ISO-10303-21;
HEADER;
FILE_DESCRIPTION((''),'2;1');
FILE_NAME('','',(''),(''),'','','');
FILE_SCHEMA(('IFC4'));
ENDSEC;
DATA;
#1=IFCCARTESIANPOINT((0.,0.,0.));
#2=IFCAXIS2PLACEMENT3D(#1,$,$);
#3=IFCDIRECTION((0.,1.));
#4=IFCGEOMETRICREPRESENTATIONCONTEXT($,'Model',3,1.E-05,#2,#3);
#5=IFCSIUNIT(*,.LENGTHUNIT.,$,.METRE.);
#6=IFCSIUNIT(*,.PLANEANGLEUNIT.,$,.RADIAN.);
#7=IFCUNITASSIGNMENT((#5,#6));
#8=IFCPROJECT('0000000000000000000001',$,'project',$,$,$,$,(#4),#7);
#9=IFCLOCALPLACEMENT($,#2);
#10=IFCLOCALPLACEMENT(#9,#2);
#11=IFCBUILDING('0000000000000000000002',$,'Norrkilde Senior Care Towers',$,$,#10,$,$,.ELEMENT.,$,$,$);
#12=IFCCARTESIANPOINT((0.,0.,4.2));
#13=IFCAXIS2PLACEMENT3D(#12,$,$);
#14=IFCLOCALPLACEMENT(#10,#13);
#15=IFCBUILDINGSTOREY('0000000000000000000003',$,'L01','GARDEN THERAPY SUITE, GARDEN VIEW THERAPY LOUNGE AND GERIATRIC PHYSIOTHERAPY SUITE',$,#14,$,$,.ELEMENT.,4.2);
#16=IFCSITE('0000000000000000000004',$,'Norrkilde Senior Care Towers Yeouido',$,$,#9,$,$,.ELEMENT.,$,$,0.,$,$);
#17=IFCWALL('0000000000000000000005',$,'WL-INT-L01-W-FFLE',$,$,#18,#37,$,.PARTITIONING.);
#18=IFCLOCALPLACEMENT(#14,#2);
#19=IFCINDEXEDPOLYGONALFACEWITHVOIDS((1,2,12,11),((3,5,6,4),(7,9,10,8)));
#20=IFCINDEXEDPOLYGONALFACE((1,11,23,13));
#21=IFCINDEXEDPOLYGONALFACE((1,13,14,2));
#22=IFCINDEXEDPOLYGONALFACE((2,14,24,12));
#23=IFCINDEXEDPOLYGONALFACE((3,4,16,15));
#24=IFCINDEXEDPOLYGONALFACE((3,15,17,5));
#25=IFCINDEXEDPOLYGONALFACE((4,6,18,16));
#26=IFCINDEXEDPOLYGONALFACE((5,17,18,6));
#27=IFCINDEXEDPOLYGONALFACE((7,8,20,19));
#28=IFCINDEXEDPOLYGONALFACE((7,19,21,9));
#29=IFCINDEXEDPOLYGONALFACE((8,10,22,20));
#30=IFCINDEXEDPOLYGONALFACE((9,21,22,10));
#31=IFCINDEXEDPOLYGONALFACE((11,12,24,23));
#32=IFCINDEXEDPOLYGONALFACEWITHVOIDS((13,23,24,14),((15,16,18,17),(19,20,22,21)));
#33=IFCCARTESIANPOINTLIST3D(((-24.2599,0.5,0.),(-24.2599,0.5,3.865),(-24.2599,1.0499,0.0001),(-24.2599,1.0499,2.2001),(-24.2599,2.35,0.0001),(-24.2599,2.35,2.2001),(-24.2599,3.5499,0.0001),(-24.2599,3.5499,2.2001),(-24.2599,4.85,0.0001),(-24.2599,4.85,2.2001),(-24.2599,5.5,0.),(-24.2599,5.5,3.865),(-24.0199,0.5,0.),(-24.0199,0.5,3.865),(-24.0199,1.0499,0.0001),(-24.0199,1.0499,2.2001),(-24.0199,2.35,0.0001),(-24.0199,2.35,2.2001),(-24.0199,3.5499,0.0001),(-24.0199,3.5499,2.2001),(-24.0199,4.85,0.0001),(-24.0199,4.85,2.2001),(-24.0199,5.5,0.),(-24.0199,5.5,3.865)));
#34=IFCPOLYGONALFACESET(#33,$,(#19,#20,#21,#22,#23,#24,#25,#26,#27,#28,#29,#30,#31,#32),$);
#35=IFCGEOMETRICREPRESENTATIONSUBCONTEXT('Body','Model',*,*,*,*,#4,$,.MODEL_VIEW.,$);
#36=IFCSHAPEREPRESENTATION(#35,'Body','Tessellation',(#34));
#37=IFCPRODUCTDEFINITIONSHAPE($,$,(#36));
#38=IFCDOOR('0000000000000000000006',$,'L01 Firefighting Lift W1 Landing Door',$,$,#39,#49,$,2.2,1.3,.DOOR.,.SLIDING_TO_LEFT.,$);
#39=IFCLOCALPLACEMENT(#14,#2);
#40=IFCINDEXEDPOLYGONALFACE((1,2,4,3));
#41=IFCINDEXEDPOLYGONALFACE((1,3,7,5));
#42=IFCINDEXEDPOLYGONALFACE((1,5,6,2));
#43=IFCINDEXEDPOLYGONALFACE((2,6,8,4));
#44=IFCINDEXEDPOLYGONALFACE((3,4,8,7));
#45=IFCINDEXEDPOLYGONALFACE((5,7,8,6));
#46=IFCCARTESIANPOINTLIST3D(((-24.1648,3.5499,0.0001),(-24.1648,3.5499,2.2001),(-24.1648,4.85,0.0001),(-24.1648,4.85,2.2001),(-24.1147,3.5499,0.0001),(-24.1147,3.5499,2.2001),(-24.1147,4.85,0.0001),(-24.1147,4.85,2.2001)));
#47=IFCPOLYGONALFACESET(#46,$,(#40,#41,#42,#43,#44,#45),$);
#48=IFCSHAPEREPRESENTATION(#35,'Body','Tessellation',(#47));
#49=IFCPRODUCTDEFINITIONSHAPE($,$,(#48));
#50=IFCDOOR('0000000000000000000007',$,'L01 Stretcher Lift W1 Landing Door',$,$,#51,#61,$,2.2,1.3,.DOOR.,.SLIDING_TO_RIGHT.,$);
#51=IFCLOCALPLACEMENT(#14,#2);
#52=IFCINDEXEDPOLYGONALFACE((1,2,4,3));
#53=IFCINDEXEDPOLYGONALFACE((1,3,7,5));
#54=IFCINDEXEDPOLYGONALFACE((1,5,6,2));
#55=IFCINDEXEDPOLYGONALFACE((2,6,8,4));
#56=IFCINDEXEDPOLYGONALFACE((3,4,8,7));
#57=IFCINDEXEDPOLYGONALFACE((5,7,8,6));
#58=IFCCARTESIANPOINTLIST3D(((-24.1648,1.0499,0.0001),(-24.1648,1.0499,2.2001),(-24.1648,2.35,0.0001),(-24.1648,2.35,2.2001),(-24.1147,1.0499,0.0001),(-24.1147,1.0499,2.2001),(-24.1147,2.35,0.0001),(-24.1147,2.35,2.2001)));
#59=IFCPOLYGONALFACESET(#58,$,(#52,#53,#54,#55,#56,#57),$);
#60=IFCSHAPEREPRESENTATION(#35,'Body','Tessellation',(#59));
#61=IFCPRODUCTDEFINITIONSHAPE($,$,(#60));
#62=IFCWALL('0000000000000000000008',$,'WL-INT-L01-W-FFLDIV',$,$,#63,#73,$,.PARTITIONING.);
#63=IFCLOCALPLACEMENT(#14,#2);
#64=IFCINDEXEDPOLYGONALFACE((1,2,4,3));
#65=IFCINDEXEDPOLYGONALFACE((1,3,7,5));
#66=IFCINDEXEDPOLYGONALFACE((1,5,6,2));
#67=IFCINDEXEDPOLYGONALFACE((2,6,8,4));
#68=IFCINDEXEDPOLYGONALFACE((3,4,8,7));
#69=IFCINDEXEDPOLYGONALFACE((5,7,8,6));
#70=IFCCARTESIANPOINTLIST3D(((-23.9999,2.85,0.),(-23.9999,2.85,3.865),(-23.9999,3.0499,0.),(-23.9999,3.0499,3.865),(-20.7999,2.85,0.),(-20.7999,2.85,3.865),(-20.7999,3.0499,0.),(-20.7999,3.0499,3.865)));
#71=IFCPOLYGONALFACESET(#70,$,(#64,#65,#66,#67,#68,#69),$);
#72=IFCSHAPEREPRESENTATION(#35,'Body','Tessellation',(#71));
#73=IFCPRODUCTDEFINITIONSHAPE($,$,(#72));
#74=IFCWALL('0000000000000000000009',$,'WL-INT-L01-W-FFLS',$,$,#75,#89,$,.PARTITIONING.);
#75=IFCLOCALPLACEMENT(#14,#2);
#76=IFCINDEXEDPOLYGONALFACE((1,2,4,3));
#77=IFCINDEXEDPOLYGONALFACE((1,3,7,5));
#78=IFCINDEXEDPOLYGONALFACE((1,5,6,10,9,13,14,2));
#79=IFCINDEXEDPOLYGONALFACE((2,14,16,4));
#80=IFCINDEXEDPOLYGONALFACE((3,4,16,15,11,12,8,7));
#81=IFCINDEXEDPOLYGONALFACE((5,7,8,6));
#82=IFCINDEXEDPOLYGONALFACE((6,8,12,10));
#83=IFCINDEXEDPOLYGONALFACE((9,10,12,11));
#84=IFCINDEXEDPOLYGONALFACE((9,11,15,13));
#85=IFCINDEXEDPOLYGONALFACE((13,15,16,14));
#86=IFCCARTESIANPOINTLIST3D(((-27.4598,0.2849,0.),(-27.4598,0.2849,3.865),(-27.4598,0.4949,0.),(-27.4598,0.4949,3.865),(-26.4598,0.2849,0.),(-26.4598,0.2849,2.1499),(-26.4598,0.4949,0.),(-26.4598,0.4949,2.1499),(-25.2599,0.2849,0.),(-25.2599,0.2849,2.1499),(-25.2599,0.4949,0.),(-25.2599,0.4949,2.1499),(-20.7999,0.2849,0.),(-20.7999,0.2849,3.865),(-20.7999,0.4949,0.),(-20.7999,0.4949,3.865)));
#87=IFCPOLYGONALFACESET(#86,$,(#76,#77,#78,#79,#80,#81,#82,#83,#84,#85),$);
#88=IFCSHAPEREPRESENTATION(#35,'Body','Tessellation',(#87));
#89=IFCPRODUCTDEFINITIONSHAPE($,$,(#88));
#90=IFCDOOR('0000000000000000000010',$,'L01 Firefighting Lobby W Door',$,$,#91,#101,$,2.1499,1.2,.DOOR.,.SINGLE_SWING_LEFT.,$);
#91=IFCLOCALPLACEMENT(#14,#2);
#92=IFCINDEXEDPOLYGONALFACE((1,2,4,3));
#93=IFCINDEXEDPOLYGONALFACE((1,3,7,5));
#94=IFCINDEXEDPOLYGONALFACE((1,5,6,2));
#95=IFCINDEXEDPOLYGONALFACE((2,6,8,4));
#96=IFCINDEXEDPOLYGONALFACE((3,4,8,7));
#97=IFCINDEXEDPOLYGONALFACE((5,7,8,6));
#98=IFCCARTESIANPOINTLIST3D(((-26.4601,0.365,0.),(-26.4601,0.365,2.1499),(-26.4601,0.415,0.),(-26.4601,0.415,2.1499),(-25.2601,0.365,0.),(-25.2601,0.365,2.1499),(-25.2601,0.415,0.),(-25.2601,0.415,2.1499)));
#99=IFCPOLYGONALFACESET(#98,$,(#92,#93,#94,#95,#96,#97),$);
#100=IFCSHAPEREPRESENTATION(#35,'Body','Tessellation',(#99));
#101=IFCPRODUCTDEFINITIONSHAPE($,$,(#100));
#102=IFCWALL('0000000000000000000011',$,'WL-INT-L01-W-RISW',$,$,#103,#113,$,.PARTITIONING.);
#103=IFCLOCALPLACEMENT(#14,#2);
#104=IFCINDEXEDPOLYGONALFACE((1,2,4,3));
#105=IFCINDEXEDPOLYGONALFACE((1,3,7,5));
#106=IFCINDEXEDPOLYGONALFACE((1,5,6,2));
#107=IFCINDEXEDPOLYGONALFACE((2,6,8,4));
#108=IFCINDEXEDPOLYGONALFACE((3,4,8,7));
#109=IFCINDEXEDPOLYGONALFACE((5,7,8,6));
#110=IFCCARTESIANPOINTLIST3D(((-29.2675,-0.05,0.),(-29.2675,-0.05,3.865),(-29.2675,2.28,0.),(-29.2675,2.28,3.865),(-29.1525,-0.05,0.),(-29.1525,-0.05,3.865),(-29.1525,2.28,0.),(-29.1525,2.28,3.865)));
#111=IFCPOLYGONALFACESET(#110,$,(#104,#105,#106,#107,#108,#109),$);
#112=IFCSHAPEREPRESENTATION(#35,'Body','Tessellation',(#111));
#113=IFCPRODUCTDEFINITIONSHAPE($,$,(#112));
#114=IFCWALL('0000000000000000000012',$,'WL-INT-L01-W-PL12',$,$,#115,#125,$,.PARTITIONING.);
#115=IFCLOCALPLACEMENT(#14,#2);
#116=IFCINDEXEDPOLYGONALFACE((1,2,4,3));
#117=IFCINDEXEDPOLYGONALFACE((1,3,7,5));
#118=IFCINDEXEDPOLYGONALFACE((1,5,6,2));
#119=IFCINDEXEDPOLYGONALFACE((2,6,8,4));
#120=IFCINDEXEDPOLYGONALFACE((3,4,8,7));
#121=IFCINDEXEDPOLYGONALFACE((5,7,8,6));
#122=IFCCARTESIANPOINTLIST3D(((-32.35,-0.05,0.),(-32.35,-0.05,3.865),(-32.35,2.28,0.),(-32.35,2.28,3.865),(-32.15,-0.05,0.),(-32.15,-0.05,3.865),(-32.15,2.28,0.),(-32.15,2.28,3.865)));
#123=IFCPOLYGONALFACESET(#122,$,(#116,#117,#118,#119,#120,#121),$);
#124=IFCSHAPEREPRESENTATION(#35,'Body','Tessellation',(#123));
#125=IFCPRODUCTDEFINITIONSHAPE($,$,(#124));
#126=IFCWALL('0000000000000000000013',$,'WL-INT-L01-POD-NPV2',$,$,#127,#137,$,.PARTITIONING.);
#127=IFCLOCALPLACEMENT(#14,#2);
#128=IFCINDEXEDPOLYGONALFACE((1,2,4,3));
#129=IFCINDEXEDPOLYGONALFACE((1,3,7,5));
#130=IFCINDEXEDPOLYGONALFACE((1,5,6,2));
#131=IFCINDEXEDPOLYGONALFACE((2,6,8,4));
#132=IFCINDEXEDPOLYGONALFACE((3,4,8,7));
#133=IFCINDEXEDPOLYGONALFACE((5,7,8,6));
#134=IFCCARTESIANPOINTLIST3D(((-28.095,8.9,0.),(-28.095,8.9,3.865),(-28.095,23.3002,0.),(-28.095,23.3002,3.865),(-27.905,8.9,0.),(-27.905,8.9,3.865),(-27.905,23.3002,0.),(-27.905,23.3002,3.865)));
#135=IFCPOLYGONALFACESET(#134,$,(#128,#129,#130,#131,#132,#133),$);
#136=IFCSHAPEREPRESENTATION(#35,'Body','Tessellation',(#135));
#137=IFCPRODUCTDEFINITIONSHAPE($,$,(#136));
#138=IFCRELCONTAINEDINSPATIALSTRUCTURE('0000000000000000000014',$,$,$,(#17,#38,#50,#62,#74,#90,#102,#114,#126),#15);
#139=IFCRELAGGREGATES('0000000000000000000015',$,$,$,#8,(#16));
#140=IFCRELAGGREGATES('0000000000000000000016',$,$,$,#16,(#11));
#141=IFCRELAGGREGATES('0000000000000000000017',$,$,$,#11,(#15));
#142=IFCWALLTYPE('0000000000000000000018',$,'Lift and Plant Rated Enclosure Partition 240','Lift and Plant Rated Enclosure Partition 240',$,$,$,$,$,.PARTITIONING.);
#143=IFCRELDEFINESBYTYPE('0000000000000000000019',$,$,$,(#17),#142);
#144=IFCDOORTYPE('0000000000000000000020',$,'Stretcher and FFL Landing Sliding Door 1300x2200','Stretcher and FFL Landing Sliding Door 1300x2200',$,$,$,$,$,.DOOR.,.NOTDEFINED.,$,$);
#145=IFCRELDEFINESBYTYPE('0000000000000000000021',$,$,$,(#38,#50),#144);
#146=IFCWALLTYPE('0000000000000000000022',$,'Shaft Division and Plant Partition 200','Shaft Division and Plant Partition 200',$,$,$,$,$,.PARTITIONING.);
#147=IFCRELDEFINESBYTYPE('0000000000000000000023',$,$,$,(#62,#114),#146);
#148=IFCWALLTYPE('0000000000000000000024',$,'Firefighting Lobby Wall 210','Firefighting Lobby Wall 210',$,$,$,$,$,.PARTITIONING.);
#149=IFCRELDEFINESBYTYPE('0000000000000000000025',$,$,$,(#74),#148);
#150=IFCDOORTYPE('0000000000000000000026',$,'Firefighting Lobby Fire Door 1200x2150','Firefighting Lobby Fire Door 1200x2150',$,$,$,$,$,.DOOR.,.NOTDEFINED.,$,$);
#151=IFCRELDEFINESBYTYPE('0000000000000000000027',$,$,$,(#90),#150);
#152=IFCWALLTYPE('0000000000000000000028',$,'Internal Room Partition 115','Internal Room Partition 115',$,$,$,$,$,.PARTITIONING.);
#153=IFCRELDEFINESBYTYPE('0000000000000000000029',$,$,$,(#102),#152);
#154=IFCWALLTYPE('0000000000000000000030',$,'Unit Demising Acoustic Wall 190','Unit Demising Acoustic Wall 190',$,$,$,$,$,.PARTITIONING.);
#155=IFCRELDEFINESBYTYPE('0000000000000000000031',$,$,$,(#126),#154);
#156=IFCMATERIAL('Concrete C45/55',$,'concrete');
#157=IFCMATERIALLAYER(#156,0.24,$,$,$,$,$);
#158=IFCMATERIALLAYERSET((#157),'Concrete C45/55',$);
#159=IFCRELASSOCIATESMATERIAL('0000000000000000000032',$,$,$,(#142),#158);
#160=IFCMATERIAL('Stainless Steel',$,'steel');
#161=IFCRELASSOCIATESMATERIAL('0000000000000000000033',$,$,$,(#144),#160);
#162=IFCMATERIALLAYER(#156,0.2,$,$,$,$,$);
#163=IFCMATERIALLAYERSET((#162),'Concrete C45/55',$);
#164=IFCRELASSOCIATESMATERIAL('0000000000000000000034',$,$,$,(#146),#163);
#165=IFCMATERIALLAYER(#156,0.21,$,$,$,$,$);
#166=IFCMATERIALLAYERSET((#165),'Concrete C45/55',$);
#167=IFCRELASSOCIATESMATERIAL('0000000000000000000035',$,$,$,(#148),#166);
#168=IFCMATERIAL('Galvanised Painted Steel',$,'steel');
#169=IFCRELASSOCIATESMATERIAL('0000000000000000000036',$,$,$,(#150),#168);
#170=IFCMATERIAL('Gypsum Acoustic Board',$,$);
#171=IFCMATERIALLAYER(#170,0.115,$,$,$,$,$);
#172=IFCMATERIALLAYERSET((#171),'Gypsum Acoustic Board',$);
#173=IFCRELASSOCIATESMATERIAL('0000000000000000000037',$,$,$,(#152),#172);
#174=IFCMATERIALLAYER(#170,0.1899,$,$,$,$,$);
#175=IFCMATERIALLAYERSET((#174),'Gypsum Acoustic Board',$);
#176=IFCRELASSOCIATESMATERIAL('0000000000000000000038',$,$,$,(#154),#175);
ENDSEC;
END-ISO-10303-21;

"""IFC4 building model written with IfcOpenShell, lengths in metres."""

from ifc_helpers import new_model, si_unit, direction, frame, frame_2d, origin, place, context, subcontext, project, spatial, rectangle, extrude, source, transform, mapped, material, layer, layer_set, type_object, type_shapes, element, fill, save


model = new_model("IFC4")

# Units and contexts
model_context = context("Model", 3, precision=1e-05, world=origin(), true_north=direction((0.0, 1.0)))
body_context = subcontext(model_context, "Body", "Model", "MODEL_VIEW")
ifc_project = project(units=[si_unit("LENGTHUNIT", "METRE"), si_unit("PLANEANGLEUNIT", "RADIAN")], contexts=[model_context])

# Site, building, storey
site_placement = place(None, origin())
site = spatial("IfcSite", under=ifc_project, at=site_placement, Name="Norrkilde Senior Care Towers Yeouido", CompositionType="ELEMENT", RefElevation=0.0)
building_placement = place(site_placement, origin())
building = spatial("IfcBuilding", under=site, at=building_placement, Name="Norrkilde Senior Care Towers", CompositionType="ELEMENT")
storey_placement = place(building_placement, frame((0.0, 0.0, 4.2)))
storey = spatial("IfcBuildingStorey", under=building, at=storey_placement, Name="L01", Description="GARDEN THERAPY SUITE, GARDEN VIEW THERAPY LOUNGE AND GERIATRIC PHYSIOTHERAPY SUITE", CompositionType="ELEMENT", Elevation=4.2)

# Wall, openings, doors
ifc_material_1 = material(Name="Concrete C45/55", Category="concrete")
ifc_layer_1 = layer(ifc_material_1, 0.24)
ifc_layer_set_1 = layer_set([ifc_layer_1], Name="Concrete C45/55")
wall_type_1 = type_object("IfcWallType", Name="Lift and Plant Rated Enclosure Partition 240", Description="Lift and Plant Rated Enclosure Partition 240", PredefinedType="PARTITIONING", material=ifc_layer_set_1)
shared_shape_1 = source(origin(), body_context, "Body", "SweptSolid", [
    extrude(rectangle(XDim=5.0, YDim=0.24, at=frame_2d((2.5, 0.0))), origin(), (0.0, 0.0, 1.0), 3.865),
])
type_shapes(wall_type_1, [shared_shape_1])
wall_1_placement = place(storey_placement, frame((-24.1399, 0.5, 0.0), z_axis=(0.0, 0.0, 1.0), x_axis=(0.0, 1.0, 0.0)))
wall_1 = element("IfcWall", 1, at=wall_1_placement, inside=storey, type_object=wall_type_1, Name="WL-INT-L01-W-FFLE", PredefinedType="PARTITIONING", context=body_context, shape_type="MappedRepresentation", body=[
    mapped(shared_shape_1, transform((0.0, 0.0, 0.0), x_axis=(1.0, 0.0, 0.0), y_axis=(0.0, 1.0, 0.0), z_axis=(0.0, 0.0, 1.0), scale=1.0)),
])
opening_1_placement = place(wall_1_placement, frame((3.05, 0.0, 0.0)))
opening_1 = element("IfcOpeningElement", 2, at=opening_1_placement, cuts=wall_1, PredefinedType="OPENING", context=body_context, shape_type="SweptSolid", body=[
    extrude(rectangle(XDim=1.3, YDim=2.2, at=frame_2d((0.6499, 1.1001))), frame((0.0, 0.1299, 0.0), z_axis=(0.0, -1.0, 0.0), x_axis=(1.0, 0.0, 0.0)), (0.0, 0.0, 1.0), 0.26),
])
opening_2_placement = place(wall_1_placement, frame((0.55, 0.0, 0.0)))
opening_2 = element("IfcOpeningElement", 3, at=opening_2_placement, cuts=wall_1, PredefinedType="OPENING", context=body_context, shape_type="SweptSolid", body=[
    extrude(rectangle(XDim=1.3, YDim=2.2, at=frame_2d((0.6499, 1.1001))), frame((0.0, 0.1299, 0.0), z_axis=(0.0, -1.0, 0.0), x_axis=(1.0, 0.0, 0.0)), (0.0, 0.0, 1.0), 0.26),
])
ifc_material_2 = material(Name="Stainless Steel", Category="steel")
door_type_1 = type_object("IfcDoorType", Name="Stretcher and FFL Landing Sliding Door 1300x2200", Description="Stretcher and FFL Landing Sliding Door 1300x2200", OperationType="NOTDEFINED", PredefinedType="DOOR", material=ifc_material_2)
shared_shape_2 = source(origin(), body_context, "Body", "SweptSolid", [
    extrude(rectangle(XDim=1.3, YDim=2.2, at=frame_2d((0.6499, 1.1001))), frame((0.0, 0.0249, 0.0), z_axis=(0.0, -1.0, 0.0), x_axis=(1.0, 0.0, 0.0)), (0.0, 0.0, 1.0), 0.05),
])
type_shapes(door_type_1, [shared_shape_2])
door_1_placement = place(opening_1_placement, origin())
door_1 = element("IfcDoor", 4, at=door_1_placement, inside=storey, type_object=door_type_1, Name="L01 Firefighting Lift W1 Landing Door", OperationType="SLIDING_TO_LEFT", OverallHeight=2.2, OverallWidth=1.3, PredefinedType="DOOR", context=body_context, shape_type="MappedRepresentation", body=[
    mapped(shared_shape_2, transform((0.0, 0.0, 0.0), x_axis=(1.0, 0.0, 0.0), y_axis=(0.0, 1.0, 0.0), z_axis=(0.0, 0.0, 1.0), scale=1.0)),
])
fill(opening_1, door_1)
door_2_placement = place(opening_2_placement, origin())
door_2 = element("IfcDoor", 5, at=door_2_placement, inside=storey, type_object=door_type_1, Name="L01 Stretcher Lift W1 Landing Door", OperationType="SLIDING_TO_RIGHT", OverallHeight=2.2, OverallWidth=1.3, PredefinedType="DOOR", context=body_context, shape_type="MappedRepresentation", body=[
    mapped(shared_shape_2, transform((0.0, 0.0, 0.0), x_axis=(1.0, 0.0, 0.0), y_axis=(0.0, 1.0, 0.0), z_axis=(0.0, 0.0, 1.0), scale=1.0)),
])
fill(opening_2, door_2)

# Wall
ifc_layer_2 = layer(ifc_material_1, 0.2)
ifc_layer_set_2 = layer_set([ifc_layer_2], Name="Concrete C45/55")
wall_type_2 = type_object("IfcWallType", Name="Shaft Division and Plant Partition 200", Description="Shaft Division and Plant Partition 200", PredefinedType="PARTITIONING", material=ifc_layer_set_2)
shared_shape_3 = source(origin(), body_context, "Body", "SweptSolid", [
    extrude(rectangle(XDim=3.2, YDim=0.2, at=frame_2d((1.6001, 0.0))), origin(), (0.0, 0.0, 1.0), 3.865),
])
wall_2_placement = place(storey_placement, frame((-24.0, 2.95, 0.0), z_axis=(0.0, 0.0, 1.0), x_axis=(1.0, 0.0, 0.0)))
element("IfcWall", 6, at=wall_2_placement, inside=storey, type_object=wall_type_2, Name="WL-INT-L01-W-FFLDIV", PredefinedType="PARTITIONING", context=body_context, shape_type="MappedRepresentation", body=[
    mapped(shared_shape_3, transform((0.0, 0.0, 0.0), x_axis=(1.0, 0.0, 0.0), y_axis=(0.0, 1.0, 0.0), z_axis=(0.0, 0.0, 1.0), scale=1.0)),
])

# Wall, opening, door
ifc_layer_3 = layer(ifc_material_1, 0.21)
ifc_layer_set_3 = layer_set([ifc_layer_3], Name="Concrete C45/55")
wall_type_3 = type_object("IfcWallType", Name="Firefighting Lobby Wall 210", Description="Firefighting Lobby Wall 210", PredefinedType="PARTITIONING", material=ifc_layer_set_3)
shared_shape_4 = source(origin(), body_context, "Body", "SweptSolid", [
    extrude(rectangle(XDim=6.6599, YDim=0.21, at=frame_2d((3.3301, 0.0))), origin(), (0.0, 0.0, 1.0), 3.865),
])
type_shapes(wall_type_3, [shared_shape_4])
wall_3_placement = place(storey_placement, frame((-27.46, 0.3899, 0.0), z_axis=(0.0, 0.0, 1.0), x_axis=(1.0, 0.0, 0.0)))
wall_3 = element("IfcWall", 7, at=wall_3_placement, inside=storey, type_object=wall_type_3, Name="WL-INT-L01-W-FFLS", PredefinedType="PARTITIONING", context=body_context, shape_type="MappedRepresentation", body=[
    mapped(shared_shape_4, transform((0.0, 0.0, 0.0), x_axis=(1.0, 0.0, 0.0), y_axis=(0.0, 1.0, 0.0), z_axis=(0.0, 0.0, 1.0), scale=1.0)),
])
opening_3_placement = place(wall_3_placement, frame((1.0, 0.0, 0.0)))
opening_3 = element("IfcOpeningElement", 8, at=opening_3_placement, cuts=wall_3, PredefinedType="OPENING", context=body_context, shape_type="SweptSolid", body=[
    extrude(rectangle(XDim=1.2, YDim=2.1499, at=frame_2d((0.6001, 1.075))), frame((0.0, 0.115, 0.0), z_axis=(0.0, -1.0, 0.0), x_axis=(1.0, 0.0, 0.0)), (0.0, 0.0, 1.0), 0.23),
])
ifc_material_3 = material(Name="Galvanised Painted Steel", Category="steel")
door_type_2 = type_object("IfcDoorType", Name="Firefighting Lobby Fire Door 1200x2150", Description="Firefighting Lobby Fire Door 1200x2150", OperationType="NOTDEFINED", PredefinedType="DOOR", material=ifc_material_3)
shared_shape_5 = source(origin(), body_context, "Body", "SweptSolid", [
    extrude(rectangle(XDim=1.2, YDim=2.1499, at=frame_2d((0.6001, 1.075))), frame((0.0, 0.0249, 0.0), z_axis=(0.0, -1.0, 0.0), x_axis=(1.0, 0.0, 0.0)), (0.0, 0.0, 1.0), 0.05),
])
type_shapes(door_type_2, [shared_shape_5])
door_3_placement = place(opening_3_placement, frame((1.2, 0.0, 0.0), z_axis=(0.0, 0.0, 1.0), x_axis=(-1.0, 0.0, 0.0)))
door_3 = element("IfcDoor", 9, at=door_3_placement, inside=storey, type_object=door_type_2, Name="L01 Firefighting Lobby W Door", OperationType="SINGLE_SWING_LEFT", OverallHeight=2.1499, OverallWidth=1.2, PredefinedType="DOOR", context=body_context, shape_type="MappedRepresentation", body=[
    mapped(shared_shape_5, transform((0.0, 0.0, 0.0), x_axis=(1.0, 0.0, 0.0), y_axis=(0.0, 1.0, 0.0), z_axis=(0.0, 0.0, 1.0), scale=1.0)),
])
fill(opening_3, door_3)

# Walls
ifc_material_4 = material(Name="Gypsum Acoustic Board")
ifc_layer_4 = layer(ifc_material_4, 0.115)
ifc_layer_set_4 = layer_set([ifc_layer_4], Name="Gypsum Acoustic Board")
wall_type_4 = type_object("IfcWallType", Name="Internal Room Partition 115", Description="Internal Room Partition 115", PredefinedType="PARTITIONING", material=ifc_layer_set_4)
shared_shape_6 = source(origin(), body_context, "Body", "SweptSolid", [
    extrude(rectangle(XDim=2.3301, YDim=0.115, at=frame_2d((1.165, 0.0))), origin(), (0.0, 0.0, 1.0), 3.865),
])
type_shapes(wall_type_4, [shared_shape_6])
wall_4_placement = place(storey_placement, frame((-29.21, -0.05, 0.0), z_axis=(0.0, 0.0, 1.0), x_axis=(0.0, 1.0, 0.0)))
element("IfcWall", 10, at=wall_4_placement, inside=storey, type_object=wall_type_4, Name="WL-INT-L01-W-RISW", PredefinedType="PARTITIONING", context=body_context, shape_type="MappedRepresentation", body=[
    mapped(shared_shape_6, transform((0.0, 0.0, 0.0), x_axis=(1.0, 0.0, 0.0), y_axis=(0.0, 1.0, 0.0), z_axis=(0.0, 0.0, 1.0), scale=1.0)),
])
shared_shape_7 = source(origin(), body_context, "Body", "SweptSolid", [
    extrude(rectangle(XDim=2.3301, YDim=0.2, at=frame_2d((1.165, 0.0))), origin(), (0.0, 0.0, 1.0), 3.865),
])
type_shapes(wall_type_2, [shared_shape_3, shared_shape_7])
wall_5_placement = place(storey_placement, frame((-32.25, -0.05, 0.0), z_axis=(0.0, 0.0, 1.0), x_axis=(0.0, 1.0, 0.0)))
element("IfcWall", 11, at=wall_5_placement, inside=storey, type_object=wall_type_2, Name="WL-INT-L01-W-PL12", PredefinedType="PARTITIONING", context=body_context, shape_type="MappedRepresentation", body=[
    mapped(shared_shape_7, transform((0.0, 0.0, 0.0), x_axis=(1.0, 0.0, 0.0), y_axis=(0.0, 1.0, 0.0), z_axis=(0.0, 0.0, 1.0), scale=1.0)),
])

# Wall
ifc_layer_5 = layer(ifc_material_4, 0.1899)
ifc_layer_set_5 = layer_set([ifc_layer_5], Name="Gypsum Acoustic Board")
wall_type_5 = type_object("IfcWallType", Name="Unit Demising Acoustic Wall 190", Description="Unit Demising Acoustic Wall 190", PredefinedType="PARTITIONING", material=ifc_layer_set_5)
shared_shape_8 = source(origin(), body_context, "Body", "SweptSolid", [
    extrude(rectangle(XDim=14.4001, YDim=0.1899, at=frame_2d((7.2002, 0.0))), origin(), (0.0, 0.0, 1.0), 3.865),
])
type_shapes(wall_type_5, [shared_shape_8])
wall_6_placement = place(storey_placement, frame((-28.0, 8.8999, 0.0), z_axis=(0.0, 0.0, 1.0), x_axis=(0.0, 1.0, 0.0)))
element("IfcWall", 12, at=wall_6_placement, inside=storey, type_object=wall_type_5, Name="WL-INT-L01-POD-NPV2", PredefinedType="PARTITIONING", context=body_context, shape_type="MappedRepresentation", body=[
    mapped(shared_shape_8, transform((0.0, 0.0, 0.0), x_axis=(1.0, 0.0, 0.0), y_axis=(0.0, 1.0, 0.0), z_axis=(0.0, 0.0, 1.0), scale=1.0)),
])

save(model, "model.ifc")
